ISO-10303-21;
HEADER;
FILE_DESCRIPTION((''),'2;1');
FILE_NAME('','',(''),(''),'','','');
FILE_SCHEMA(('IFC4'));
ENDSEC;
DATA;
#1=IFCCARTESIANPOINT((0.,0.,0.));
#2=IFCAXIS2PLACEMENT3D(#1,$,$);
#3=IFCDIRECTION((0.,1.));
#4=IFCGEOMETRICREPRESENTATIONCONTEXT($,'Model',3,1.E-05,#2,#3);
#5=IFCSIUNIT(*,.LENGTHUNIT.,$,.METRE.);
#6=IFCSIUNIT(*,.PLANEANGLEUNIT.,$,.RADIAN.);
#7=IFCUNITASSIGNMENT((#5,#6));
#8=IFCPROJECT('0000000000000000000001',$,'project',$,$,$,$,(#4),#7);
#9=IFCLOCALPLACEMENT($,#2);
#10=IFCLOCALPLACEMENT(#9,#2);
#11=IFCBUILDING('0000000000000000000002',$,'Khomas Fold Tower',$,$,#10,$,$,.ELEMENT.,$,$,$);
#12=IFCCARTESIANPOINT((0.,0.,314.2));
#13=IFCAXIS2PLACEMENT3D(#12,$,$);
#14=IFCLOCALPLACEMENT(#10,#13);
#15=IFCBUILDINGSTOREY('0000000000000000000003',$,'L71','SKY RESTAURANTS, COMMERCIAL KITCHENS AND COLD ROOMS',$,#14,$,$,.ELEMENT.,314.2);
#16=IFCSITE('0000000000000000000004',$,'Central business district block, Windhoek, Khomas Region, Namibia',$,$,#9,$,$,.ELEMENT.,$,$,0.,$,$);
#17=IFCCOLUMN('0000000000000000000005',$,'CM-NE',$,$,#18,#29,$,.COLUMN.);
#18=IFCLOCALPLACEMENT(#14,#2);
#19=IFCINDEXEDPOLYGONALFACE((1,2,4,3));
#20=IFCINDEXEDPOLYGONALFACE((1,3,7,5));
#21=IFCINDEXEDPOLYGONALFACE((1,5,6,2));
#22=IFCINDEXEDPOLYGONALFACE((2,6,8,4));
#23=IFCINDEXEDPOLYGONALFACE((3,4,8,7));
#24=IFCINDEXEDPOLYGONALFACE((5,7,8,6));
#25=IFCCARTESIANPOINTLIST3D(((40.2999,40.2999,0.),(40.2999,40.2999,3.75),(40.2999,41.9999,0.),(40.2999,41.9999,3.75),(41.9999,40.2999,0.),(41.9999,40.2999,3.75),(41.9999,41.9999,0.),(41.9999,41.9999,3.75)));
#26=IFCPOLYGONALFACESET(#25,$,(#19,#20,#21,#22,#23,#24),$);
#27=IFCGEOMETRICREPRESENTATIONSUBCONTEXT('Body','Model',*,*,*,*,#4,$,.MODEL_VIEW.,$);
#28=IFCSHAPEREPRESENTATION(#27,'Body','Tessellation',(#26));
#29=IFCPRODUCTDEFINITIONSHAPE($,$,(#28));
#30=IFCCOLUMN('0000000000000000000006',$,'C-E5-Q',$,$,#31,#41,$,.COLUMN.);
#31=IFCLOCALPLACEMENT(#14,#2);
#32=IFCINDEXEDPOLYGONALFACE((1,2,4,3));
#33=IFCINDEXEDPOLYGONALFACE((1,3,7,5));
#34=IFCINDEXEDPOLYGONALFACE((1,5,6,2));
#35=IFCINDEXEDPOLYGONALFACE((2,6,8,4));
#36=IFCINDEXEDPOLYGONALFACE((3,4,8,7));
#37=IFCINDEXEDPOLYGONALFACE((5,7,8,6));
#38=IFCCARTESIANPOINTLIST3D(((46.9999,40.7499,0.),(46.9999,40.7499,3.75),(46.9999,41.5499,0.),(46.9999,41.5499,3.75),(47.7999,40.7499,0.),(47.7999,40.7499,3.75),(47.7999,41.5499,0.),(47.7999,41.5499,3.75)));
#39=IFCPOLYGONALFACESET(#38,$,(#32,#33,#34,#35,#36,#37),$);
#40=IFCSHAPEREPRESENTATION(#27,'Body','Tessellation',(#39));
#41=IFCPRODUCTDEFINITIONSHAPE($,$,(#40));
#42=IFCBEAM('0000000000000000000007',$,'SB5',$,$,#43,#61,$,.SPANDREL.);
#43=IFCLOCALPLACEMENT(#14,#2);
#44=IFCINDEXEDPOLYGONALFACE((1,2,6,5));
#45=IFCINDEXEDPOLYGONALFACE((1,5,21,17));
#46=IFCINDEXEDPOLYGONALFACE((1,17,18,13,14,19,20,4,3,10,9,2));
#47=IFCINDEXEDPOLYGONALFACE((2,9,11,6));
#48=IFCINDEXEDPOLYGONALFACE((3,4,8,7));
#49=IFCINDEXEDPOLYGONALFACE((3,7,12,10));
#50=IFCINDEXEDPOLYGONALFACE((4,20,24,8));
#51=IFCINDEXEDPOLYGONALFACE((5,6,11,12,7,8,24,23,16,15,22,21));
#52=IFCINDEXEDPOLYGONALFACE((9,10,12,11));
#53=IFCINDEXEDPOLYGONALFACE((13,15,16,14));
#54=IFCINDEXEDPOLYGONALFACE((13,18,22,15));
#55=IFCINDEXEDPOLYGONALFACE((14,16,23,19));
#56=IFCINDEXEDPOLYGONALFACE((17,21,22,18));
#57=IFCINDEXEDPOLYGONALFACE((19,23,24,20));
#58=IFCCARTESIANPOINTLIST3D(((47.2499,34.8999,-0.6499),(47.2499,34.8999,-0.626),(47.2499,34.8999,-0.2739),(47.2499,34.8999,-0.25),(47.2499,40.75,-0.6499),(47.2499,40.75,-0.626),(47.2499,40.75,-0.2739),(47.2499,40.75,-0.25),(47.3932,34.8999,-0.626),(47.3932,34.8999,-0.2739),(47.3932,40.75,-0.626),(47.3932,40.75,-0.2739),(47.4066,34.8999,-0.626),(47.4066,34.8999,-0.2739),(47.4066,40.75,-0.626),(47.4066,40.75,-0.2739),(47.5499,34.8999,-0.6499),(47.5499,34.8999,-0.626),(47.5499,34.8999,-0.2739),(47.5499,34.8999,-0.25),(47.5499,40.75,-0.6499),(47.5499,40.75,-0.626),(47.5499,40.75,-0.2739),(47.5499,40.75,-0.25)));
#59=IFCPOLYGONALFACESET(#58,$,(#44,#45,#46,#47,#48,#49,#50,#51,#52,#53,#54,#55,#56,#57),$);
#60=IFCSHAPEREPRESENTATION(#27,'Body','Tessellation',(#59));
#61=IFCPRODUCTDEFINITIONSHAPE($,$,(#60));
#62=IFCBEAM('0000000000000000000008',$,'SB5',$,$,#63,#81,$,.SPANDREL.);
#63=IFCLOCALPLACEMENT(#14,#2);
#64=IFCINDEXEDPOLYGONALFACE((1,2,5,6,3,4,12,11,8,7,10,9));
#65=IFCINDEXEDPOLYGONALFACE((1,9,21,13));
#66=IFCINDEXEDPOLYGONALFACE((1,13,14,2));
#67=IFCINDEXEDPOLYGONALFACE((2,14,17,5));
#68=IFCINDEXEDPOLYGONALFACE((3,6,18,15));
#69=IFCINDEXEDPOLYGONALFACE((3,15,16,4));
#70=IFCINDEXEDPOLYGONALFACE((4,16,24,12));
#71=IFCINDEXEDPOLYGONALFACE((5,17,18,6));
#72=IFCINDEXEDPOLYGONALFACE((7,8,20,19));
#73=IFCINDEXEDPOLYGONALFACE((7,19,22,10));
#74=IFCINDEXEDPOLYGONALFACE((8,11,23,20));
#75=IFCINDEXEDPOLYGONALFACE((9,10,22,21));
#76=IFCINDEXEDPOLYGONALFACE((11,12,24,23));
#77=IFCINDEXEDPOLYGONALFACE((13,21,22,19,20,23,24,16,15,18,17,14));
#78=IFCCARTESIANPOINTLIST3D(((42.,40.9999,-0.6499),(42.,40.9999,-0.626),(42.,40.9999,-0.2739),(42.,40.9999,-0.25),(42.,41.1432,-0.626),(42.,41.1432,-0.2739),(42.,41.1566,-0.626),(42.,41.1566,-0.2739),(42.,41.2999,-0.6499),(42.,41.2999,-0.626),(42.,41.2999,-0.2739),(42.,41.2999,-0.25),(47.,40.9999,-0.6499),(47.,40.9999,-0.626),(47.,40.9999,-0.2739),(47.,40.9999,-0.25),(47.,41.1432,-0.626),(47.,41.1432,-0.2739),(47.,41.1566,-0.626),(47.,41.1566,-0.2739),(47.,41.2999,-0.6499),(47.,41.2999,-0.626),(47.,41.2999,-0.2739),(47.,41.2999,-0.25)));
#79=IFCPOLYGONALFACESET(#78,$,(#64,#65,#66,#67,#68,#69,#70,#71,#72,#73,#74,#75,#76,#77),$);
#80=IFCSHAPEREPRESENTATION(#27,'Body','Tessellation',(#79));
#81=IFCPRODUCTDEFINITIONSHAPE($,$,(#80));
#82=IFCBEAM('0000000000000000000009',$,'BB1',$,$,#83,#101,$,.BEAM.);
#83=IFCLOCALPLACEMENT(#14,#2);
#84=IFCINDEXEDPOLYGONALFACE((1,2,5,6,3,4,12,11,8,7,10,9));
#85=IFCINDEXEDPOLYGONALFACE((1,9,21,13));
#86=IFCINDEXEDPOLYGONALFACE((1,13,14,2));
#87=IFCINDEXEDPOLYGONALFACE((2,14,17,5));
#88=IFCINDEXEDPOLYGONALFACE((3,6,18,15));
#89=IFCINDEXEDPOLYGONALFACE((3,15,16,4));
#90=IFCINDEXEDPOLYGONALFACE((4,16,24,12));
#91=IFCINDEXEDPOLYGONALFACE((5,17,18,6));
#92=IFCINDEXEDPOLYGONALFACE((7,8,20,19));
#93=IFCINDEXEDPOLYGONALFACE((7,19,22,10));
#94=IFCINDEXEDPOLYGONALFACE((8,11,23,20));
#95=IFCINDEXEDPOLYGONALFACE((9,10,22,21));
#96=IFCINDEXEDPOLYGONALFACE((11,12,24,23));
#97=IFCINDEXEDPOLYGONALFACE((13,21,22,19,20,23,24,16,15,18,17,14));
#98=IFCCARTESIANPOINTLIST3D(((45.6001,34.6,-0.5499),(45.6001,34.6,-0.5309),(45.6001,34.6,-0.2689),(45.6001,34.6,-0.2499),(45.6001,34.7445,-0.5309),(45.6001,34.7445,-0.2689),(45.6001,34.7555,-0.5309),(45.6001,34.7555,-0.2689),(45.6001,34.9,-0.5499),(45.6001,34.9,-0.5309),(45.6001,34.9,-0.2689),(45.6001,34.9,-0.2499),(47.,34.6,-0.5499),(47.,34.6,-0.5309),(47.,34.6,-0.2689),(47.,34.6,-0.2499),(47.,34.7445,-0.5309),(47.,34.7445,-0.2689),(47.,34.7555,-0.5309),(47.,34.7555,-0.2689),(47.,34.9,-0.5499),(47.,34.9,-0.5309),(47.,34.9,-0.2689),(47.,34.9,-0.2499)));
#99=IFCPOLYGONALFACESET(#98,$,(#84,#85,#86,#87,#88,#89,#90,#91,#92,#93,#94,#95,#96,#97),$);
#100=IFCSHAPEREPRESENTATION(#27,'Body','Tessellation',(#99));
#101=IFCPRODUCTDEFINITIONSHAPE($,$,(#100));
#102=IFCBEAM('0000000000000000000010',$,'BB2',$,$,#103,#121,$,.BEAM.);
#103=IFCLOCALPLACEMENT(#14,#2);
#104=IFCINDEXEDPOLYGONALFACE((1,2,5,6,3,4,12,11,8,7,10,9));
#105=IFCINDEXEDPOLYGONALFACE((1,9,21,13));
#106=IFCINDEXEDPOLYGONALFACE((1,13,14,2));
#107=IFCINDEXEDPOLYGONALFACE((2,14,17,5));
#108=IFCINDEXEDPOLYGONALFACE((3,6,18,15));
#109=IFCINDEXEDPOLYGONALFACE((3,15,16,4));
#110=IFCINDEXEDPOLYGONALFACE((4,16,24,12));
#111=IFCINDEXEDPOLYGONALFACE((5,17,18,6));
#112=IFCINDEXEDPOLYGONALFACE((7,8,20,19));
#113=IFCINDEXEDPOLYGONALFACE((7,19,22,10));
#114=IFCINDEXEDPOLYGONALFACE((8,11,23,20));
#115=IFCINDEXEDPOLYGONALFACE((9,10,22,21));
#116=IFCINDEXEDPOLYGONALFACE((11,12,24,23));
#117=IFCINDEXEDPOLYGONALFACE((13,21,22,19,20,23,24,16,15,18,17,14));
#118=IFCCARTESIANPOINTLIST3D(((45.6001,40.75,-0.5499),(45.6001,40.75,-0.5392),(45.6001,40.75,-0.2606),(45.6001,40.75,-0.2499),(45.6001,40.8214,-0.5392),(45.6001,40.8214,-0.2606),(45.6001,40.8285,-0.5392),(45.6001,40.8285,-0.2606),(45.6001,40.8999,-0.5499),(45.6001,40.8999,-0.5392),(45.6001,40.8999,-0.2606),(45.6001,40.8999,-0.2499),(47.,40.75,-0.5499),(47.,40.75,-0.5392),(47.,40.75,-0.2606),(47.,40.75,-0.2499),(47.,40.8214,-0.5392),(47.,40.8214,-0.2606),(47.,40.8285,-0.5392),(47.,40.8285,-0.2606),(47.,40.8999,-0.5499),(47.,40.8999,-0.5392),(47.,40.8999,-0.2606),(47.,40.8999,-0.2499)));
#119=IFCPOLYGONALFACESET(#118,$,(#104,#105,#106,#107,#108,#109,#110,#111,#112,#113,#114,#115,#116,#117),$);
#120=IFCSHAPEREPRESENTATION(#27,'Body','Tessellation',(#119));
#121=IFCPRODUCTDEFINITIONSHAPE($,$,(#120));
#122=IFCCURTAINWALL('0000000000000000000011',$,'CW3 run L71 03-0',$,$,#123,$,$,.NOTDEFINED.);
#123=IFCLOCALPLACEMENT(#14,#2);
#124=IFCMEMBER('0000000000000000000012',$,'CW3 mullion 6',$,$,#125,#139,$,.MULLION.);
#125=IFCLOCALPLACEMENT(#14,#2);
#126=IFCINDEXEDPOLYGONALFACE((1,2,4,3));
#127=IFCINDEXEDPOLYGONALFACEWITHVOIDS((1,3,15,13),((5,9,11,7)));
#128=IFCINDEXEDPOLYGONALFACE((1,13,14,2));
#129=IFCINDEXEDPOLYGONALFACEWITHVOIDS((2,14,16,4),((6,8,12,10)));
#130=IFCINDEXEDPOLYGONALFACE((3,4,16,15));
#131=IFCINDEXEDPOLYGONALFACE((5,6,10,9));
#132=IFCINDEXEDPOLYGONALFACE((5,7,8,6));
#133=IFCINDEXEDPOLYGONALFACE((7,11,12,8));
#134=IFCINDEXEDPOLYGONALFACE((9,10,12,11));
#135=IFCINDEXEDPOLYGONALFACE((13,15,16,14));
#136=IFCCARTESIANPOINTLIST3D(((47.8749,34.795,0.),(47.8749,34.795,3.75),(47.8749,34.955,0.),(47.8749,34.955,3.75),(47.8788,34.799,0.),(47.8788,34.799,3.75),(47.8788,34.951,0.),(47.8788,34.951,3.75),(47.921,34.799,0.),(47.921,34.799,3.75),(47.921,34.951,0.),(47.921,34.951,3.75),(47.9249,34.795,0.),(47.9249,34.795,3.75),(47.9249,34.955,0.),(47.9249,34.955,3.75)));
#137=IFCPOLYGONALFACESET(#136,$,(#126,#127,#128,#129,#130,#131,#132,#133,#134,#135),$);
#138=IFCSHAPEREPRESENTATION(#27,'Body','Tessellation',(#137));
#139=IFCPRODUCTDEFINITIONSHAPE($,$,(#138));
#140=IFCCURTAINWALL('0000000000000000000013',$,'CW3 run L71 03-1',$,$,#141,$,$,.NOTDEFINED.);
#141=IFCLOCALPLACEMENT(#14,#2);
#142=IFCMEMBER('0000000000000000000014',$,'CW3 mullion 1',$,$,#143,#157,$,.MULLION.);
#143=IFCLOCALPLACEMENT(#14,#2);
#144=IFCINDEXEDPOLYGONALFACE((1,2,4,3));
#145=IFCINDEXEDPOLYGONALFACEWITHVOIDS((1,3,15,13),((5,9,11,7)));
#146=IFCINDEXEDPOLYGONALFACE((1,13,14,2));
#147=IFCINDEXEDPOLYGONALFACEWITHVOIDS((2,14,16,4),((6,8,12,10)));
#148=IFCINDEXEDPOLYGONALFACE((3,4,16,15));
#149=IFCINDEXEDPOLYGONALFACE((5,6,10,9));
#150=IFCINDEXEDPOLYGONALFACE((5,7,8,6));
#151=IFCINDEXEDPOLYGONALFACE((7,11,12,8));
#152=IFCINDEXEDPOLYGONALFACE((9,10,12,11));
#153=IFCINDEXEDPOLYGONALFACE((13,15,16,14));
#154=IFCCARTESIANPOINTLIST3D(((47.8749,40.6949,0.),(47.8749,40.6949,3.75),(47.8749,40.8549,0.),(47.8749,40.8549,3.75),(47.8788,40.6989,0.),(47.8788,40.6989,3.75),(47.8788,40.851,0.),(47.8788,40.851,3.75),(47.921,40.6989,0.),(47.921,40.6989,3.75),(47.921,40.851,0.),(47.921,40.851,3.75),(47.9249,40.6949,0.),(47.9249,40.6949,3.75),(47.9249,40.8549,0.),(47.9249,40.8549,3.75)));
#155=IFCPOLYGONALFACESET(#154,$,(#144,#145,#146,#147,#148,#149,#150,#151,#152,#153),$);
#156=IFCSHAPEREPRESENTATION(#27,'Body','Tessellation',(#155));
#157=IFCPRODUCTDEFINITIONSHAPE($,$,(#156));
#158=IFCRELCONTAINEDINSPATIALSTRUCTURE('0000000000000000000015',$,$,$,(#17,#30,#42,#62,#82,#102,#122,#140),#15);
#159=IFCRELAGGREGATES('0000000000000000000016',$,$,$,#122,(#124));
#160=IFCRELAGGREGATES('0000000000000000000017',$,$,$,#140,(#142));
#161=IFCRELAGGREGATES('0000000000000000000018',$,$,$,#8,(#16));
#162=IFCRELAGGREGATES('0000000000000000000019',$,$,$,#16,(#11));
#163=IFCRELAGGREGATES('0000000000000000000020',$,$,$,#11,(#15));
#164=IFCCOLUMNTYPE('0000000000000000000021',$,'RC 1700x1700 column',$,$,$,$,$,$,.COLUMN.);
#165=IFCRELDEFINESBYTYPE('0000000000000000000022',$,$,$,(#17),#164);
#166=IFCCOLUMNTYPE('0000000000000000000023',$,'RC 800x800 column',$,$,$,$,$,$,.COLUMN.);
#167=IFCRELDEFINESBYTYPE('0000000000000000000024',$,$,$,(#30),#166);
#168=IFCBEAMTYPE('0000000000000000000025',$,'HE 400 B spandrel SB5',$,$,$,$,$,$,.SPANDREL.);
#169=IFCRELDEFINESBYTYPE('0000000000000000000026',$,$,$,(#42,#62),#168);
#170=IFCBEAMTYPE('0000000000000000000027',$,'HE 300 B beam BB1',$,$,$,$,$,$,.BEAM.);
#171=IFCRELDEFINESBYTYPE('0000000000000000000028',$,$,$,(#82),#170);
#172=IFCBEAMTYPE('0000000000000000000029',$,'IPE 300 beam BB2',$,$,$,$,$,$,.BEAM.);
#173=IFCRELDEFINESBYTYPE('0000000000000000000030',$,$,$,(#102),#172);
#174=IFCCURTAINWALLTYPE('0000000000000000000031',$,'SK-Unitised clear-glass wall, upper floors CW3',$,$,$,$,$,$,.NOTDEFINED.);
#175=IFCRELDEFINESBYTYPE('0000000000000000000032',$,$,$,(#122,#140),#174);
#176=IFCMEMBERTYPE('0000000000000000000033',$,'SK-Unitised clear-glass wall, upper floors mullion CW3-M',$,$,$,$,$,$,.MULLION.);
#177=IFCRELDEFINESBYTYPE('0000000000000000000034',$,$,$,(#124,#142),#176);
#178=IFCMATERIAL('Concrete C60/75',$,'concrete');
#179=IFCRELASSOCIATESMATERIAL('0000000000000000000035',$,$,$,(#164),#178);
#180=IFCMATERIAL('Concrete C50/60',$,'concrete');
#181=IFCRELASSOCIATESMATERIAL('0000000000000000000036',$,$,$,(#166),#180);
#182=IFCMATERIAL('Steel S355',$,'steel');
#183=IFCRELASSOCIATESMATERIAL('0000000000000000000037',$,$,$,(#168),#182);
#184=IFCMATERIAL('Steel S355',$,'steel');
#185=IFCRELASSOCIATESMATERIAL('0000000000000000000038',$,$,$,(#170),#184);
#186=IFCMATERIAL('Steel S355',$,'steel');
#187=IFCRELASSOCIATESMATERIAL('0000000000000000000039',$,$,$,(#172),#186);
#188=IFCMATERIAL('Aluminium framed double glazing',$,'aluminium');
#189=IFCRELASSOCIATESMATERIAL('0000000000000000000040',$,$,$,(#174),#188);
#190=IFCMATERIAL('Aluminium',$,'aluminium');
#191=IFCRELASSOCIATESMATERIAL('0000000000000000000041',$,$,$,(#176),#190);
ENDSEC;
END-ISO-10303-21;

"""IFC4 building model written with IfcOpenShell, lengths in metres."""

from ifc_helpers import new_model, si_unit, direction, frame, origin, origin_2d, place, context, subcontext, project, spatial, rectangle, hollow_rectangle, i_section, extrude, source, transform, mapped, material, material_profile, profile_set, type_object, element, aggregate, save


model = new_model("IFC4")

# Units and contexts
model_context = context("Model", 3, precision=1e-05, world=origin(), true_north=direction((0.0, 1.0)))
body_context = subcontext(model_context, "Body", "Model", "MODEL_VIEW")
ifc_project = project(units=[si_unit("LENGTHUNIT", "METRE"), si_unit("PLANEANGLEUNIT", "RADIAN")], contexts=[model_context])

# Site, building, storey
site_placement = place(None, origin())
site = spatial("IfcSite", under=ifc_project, at=site_placement, Name="Central business district block, Windhoek, Khomas Region, Namibia", CompositionType="ELEMENT", RefElevation=0.0)
building_placement = place(site_placement, origin())
building = spatial("IfcBuilding", under=site, at=building_placement, Name="Khomas Fold Tower", CompositionType="ELEMENT")
storey_placement = place(building_placement, frame((0.0, 0.0, 314.2)))
storey = spatial("IfcBuildingStorey", under=building, at=storey_placement, Name="L71", Description="SKY RESTAURANTS, COMMERCIAL KITCHENS AND COLD ROOMS", CompositionType="ELEMENT", Elevation=314.2)

# Columns
ifc_material_1 = material(Name="Concrete C60/75", Category="concrete")
ifc_material_profile_1 = material_profile(ifc_material_1, rectangle(XDim=1.7, YDim=1.7, at=origin_2d()), Name="RC 1700x1700")
ifc_profile_set_1 = profile_set([ifc_material_profile_1], Name="Concrete C60/75")
column_type_1 = type_object("IfcColumnType", Name="RC 1700x1700 column", PredefinedType="COLUMN", material=ifc_profile_set_1)
shared_shape_1 = source(origin(), body_context, "Body", "SweptSolid", [
    extrude(rectangle(XDim=1.7, YDim=1.7, at=origin_2d()), origin(), (0.0, 0.0, 1.0), 3.75),
])
column_1_placement = place(storey_placement, frame((41.1499, 41.1499, 0.0), z_axis=(0.0, 0.0, 1.0), x_axis=(1.0, 0.0, 0.0)))
element("IfcColumn", 1, at=column_1_placement, inside=storey, type_object=column_type_1, Name="CM-NE", PredefinedType="COLUMN", context=body_context, shape_type="MappedRepresentation", body=[
    mapped(shared_shape_1, transform((0.0, 0.0, 0.0))),
])
ifc_material_2 = material(Name="Concrete C50/60", Category="concrete")
ifc_material_profile_2 = material_profile(ifc_material_2, rectangle(XDim=0.8, YDim=0.8, at=origin_2d()), Name="RC 800x800")
ifc_profile_set_2 = profile_set([ifc_material_profile_2], Name="Concrete C50/60")
column_type_2 = type_object("IfcColumnType", Name="RC 800x800 column", PredefinedType="COLUMN", material=ifc_profile_set_2)
shared_shape_2 = source(origin(), body_context, "Body", "SweptSolid", [
    extrude(rectangle(XDim=0.8, YDim=0.8, at=origin_2d()), origin(), (0.0, 0.0, 1.0), 3.75),
])
column_2_placement = place(storey_placement, frame((47.3999, 41.1499, 0.0), z_axis=(0.0, 0.0, 1.0), x_axis=(1.0, 0.0, 0.0)))
element("IfcColumn", 2, at=column_2_placement, inside=storey, type_object=column_type_2, Name="C-E5-Q", PredefinedType="COLUMN", context=body_context, shape_type="MappedRepresentation", body=[
    mapped(shared_shape_2, transform((0.0, 0.0, 0.0))),
])

# Beams
ifc_material_3 = material(Name="Steel S355", Category="steel")
ifc_material_profile_3 = material_profile(ifc_material_3, i_section(OverallWidth=0.3, OverallDepth=0.3999, WebThickness=0.0134, FlangeThickness=0.0239, at=origin_2d()), Name="HE 400 B")
ifc_profile_set_3 = profile_set([ifc_material_profile_3], Name="Steel S355")
beam_type_1 = type_object("IfcBeamType", Name="HE 400 B spandrel SB5", PredefinedType="SPANDREL", material=ifc_profile_set_3)
shared_shape_3 = source(origin(), body_context, "Body", "SweptSolid", [
    extrude(i_section(OverallWidth=0.3, OverallDepth=0.3999, WebThickness=0.0134, FlangeThickness=0.0239, at=origin_2d()), origin(), (0.0, 0.0, 1.0), 5.8501),
])
beam_1_placement = place(storey_placement, frame((47.3999, 34.8999, -0.45), z_axis=(0.0, 1.0, 0.0), x_axis=(-1.0, 0.0, 0.0)))
element("IfcBeam", 3, at=beam_1_placement, inside=storey, type_object=beam_type_1, Name="SB5", PredefinedType="SPANDREL", context=body_context, shape_type="MappedRepresentation", body=[
    mapped(shared_shape_3, transform((0.0, 0.0, 0.0))),
])
shared_shape_4 = source(origin(), body_context, "Body", "SweptSolid", [
    extrude(i_section(OverallWidth=0.3, OverallDepth=0.3999, WebThickness=0.0134, FlangeThickness=0.0239, at=origin_2d()), origin(), (0.0, 0.0, 1.0), 5.0),
])
beam_2_placement = place(storey_placement, frame((42.0, 41.1499, -0.45), z_axis=(1.0, 0.0, 0.0), x_axis=(0.0, 1.0, 0.0)))
element("IfcBeam", 4, at=beam_2_placement, inside=storey, type_object=beam_type_1, Name="SB5", PredefinedType="SPANDREL", context=body_context, shape_type="MappedRepresentation", body=[
    mapped(shared_shape_4, transform((0.0, 0.0, 0.0))),
])
ifc_material_4 = material(Name="Steel S355", Category="steel")
ifc_material_profile_4 = material_profile(ifc_material_4, i_section(OverallWidth=0.3, OverallDepth=0.3, WebThickness=0.011, FlangeThickness=0.019, at=origin_2d()), Name="HE 300 B")
ifc_profile_set_4 = profile_set([ifc_material_profile_4], Name="Steel S355")
beam_type_2 = type_object("IfcBeamType", Name="HE 300 B beam BB1", PredefinedType="BEAM", material=ifc_profile_set_4)
shared_shape_5 = source(origin(), body_context, "Body", "SweptSolid", [
    extrude(i_section(OverallWidth=0.3, OverallDepth=0.3, WebThickness=0.011, FlangeThickness=0.019, at=origin_2d()), origin(), (0.0, 0.0, 1.0), 1.3999),
])
beam_3_placement = place(storey_placement, frame((45.6001, 34.75, -0.3999), z_axis=(1.0, 0.0, 0.0), x_axis=(0.0, 1.0, 0.0)))
element("IfcBeam", 5, at=beam_3_placement, inside=storey, type_object=beam_type_2, Name="BB1", PredefinedType="BEAM", context=body_context, shape_type="MappedRepresentation", body=[
    mapped(shared_shape_5, transform((0.0, 0.0, 0.0))),
])
ifc_material_5 = material(Name="Steel S355", Category="steel")
ifc_material_profile_5 = material_profile(ifc_material_5, i_section(OverallWidth=0.1499, OverallDepth=0.3, WebThickness=0.0071, FlangeThickness=0.0107, at=origin_2d()), Name="IPE 300")
ifc_profile_set_5 = profile_set([ifc_material_profile_5], Name="Steel S355")
beam_type_3 = type_object("IfcBeamType", Name="IPE 300 beam BB2", PredefinedType="BEAM", material=ifc_profile_set_5)
shared_shape_6 = source(origin(), body_context, "Body", "SweptSolid", [
    extrude(i_section(OverallWidth=0.1499, OverallDepth=0.3, WebThickness=0.0071, FlangeThickness=0.0107, at=origin_2d()), origin(), (0.0, 0.0, 1.0), 1.3999),
])
beam_4_placement = place(storey_placement, frame((45.6001, 40.825, -0.3999), z_axis=(1.0, 0.0, 0.0), x_axis=(0.0, 1.0, 0.0)))
element("IfcBeam", 6, at=beam_4_placement, inside=storey, type_object=beam_type_3, Name="BB2", PredefinedType="BEAM", context=body_context, shape_type="MappedRepresentation", body=[
    mapped(shared_shape_6, transform((0.0, 0.0, 0.0))),
])

# Curtain wall, member
ifc_material_6 = material(Name="Aluminium framed double glazing", Category="aluminium")
curtain_wall_type = type_object("IfcCurtainWallType", Name="SK-Unitised clear-glass wall, upper floors CW3", PredefinedType="NOTDEFINED", material=ifc_material_6)
curtain_wall_1_placement = place(storey_placement, origin())
curtain_wall_1 = element("IfcCurtainWall", 7, at=curtain_wall_1_placement, inside=storey, type_object=curtain_wall_type, Name="CW3 run L71 03-0", PredefinedType="NOTDEFINED")
ifc_material_7 = material(Name="Aluminium", Category="aluminium")
ifc_material_profile_6 = material_profile(ifc_material_7, hollow_rectangle(XDim=0.05, YDim=0.1599, WallThickness=0.0039, at=origin_2d()), Name="SK-Unitised clear-glass wall, upper floors mullion CW3-M")
ifc_profile_set_6 = profile_set([ifc_material_profile_6], Name="Aluminium")
member_type_1 = type_object("IfcMemberType", Name="SK-Unitised clear-glass wall, upper floors mullion CW3-M", PredefinedType="MULLION", material=ifc_profile_set_6)
shared_shape_7 = source(origin(), body_context, "Body", "SweptSolid", [
    extrude(hollow_rectangle(XDim=0.05, YDim=0.1599, WallThickness=0.0039, at=origin_2d()), origin(), (0.0, 0.0, 1.0), 3.75),
])
member_1_placement = place(storey_placement, frame((47.8999, 34.875, 0.0), z_axis=(0.0, 0.0, 1.0), x_axis=(-1.0, 0.0, 0.0)))
member_1 = element("IfcMember", 8, at=member_1_placement, type_object=member_type_1, Name="CW3 mullion 6", PredefinedType="MULLION", context=body_context, shape_type="MappedRepresentation", body=[
    mapped(shared_shape_7, transform((0.0, 0.0, 0.0))),
])
aggregate(curtain_wall_1, [member_1])

# Curtain wall, member
curtain_wall_2_placement = place(storey_placement, origin())
curtain_wall_2 = element("IfcCurtainWall", 9, at=curtain_wall_2_placement, inside=storey, type_object=curtain_wall_type, Name="CW3 run L71 03-1", PredefinedType="NOTDEFINED")
member_2_placement = place(storey_placement, frame((47.8999, 40.7749, 0.0), z_axis=(0.0, 0.0, 1.0), x_axis=(-1.0, 0.0, 0.0)))
member_2 = element("IfcMember", 10, at=member_2_placement, type_object=member_type_1, Name="CW3 mullion 1", PredefinedType="MULLION", context=body_context, shape_type="MappedRepresentation", body=[
    mapped(shared_shape_7, transform((0.0, 0.0, 0.0))),
])
aggregate(curtain_wall_2, [member_2])

save(model, "model.ifc")
